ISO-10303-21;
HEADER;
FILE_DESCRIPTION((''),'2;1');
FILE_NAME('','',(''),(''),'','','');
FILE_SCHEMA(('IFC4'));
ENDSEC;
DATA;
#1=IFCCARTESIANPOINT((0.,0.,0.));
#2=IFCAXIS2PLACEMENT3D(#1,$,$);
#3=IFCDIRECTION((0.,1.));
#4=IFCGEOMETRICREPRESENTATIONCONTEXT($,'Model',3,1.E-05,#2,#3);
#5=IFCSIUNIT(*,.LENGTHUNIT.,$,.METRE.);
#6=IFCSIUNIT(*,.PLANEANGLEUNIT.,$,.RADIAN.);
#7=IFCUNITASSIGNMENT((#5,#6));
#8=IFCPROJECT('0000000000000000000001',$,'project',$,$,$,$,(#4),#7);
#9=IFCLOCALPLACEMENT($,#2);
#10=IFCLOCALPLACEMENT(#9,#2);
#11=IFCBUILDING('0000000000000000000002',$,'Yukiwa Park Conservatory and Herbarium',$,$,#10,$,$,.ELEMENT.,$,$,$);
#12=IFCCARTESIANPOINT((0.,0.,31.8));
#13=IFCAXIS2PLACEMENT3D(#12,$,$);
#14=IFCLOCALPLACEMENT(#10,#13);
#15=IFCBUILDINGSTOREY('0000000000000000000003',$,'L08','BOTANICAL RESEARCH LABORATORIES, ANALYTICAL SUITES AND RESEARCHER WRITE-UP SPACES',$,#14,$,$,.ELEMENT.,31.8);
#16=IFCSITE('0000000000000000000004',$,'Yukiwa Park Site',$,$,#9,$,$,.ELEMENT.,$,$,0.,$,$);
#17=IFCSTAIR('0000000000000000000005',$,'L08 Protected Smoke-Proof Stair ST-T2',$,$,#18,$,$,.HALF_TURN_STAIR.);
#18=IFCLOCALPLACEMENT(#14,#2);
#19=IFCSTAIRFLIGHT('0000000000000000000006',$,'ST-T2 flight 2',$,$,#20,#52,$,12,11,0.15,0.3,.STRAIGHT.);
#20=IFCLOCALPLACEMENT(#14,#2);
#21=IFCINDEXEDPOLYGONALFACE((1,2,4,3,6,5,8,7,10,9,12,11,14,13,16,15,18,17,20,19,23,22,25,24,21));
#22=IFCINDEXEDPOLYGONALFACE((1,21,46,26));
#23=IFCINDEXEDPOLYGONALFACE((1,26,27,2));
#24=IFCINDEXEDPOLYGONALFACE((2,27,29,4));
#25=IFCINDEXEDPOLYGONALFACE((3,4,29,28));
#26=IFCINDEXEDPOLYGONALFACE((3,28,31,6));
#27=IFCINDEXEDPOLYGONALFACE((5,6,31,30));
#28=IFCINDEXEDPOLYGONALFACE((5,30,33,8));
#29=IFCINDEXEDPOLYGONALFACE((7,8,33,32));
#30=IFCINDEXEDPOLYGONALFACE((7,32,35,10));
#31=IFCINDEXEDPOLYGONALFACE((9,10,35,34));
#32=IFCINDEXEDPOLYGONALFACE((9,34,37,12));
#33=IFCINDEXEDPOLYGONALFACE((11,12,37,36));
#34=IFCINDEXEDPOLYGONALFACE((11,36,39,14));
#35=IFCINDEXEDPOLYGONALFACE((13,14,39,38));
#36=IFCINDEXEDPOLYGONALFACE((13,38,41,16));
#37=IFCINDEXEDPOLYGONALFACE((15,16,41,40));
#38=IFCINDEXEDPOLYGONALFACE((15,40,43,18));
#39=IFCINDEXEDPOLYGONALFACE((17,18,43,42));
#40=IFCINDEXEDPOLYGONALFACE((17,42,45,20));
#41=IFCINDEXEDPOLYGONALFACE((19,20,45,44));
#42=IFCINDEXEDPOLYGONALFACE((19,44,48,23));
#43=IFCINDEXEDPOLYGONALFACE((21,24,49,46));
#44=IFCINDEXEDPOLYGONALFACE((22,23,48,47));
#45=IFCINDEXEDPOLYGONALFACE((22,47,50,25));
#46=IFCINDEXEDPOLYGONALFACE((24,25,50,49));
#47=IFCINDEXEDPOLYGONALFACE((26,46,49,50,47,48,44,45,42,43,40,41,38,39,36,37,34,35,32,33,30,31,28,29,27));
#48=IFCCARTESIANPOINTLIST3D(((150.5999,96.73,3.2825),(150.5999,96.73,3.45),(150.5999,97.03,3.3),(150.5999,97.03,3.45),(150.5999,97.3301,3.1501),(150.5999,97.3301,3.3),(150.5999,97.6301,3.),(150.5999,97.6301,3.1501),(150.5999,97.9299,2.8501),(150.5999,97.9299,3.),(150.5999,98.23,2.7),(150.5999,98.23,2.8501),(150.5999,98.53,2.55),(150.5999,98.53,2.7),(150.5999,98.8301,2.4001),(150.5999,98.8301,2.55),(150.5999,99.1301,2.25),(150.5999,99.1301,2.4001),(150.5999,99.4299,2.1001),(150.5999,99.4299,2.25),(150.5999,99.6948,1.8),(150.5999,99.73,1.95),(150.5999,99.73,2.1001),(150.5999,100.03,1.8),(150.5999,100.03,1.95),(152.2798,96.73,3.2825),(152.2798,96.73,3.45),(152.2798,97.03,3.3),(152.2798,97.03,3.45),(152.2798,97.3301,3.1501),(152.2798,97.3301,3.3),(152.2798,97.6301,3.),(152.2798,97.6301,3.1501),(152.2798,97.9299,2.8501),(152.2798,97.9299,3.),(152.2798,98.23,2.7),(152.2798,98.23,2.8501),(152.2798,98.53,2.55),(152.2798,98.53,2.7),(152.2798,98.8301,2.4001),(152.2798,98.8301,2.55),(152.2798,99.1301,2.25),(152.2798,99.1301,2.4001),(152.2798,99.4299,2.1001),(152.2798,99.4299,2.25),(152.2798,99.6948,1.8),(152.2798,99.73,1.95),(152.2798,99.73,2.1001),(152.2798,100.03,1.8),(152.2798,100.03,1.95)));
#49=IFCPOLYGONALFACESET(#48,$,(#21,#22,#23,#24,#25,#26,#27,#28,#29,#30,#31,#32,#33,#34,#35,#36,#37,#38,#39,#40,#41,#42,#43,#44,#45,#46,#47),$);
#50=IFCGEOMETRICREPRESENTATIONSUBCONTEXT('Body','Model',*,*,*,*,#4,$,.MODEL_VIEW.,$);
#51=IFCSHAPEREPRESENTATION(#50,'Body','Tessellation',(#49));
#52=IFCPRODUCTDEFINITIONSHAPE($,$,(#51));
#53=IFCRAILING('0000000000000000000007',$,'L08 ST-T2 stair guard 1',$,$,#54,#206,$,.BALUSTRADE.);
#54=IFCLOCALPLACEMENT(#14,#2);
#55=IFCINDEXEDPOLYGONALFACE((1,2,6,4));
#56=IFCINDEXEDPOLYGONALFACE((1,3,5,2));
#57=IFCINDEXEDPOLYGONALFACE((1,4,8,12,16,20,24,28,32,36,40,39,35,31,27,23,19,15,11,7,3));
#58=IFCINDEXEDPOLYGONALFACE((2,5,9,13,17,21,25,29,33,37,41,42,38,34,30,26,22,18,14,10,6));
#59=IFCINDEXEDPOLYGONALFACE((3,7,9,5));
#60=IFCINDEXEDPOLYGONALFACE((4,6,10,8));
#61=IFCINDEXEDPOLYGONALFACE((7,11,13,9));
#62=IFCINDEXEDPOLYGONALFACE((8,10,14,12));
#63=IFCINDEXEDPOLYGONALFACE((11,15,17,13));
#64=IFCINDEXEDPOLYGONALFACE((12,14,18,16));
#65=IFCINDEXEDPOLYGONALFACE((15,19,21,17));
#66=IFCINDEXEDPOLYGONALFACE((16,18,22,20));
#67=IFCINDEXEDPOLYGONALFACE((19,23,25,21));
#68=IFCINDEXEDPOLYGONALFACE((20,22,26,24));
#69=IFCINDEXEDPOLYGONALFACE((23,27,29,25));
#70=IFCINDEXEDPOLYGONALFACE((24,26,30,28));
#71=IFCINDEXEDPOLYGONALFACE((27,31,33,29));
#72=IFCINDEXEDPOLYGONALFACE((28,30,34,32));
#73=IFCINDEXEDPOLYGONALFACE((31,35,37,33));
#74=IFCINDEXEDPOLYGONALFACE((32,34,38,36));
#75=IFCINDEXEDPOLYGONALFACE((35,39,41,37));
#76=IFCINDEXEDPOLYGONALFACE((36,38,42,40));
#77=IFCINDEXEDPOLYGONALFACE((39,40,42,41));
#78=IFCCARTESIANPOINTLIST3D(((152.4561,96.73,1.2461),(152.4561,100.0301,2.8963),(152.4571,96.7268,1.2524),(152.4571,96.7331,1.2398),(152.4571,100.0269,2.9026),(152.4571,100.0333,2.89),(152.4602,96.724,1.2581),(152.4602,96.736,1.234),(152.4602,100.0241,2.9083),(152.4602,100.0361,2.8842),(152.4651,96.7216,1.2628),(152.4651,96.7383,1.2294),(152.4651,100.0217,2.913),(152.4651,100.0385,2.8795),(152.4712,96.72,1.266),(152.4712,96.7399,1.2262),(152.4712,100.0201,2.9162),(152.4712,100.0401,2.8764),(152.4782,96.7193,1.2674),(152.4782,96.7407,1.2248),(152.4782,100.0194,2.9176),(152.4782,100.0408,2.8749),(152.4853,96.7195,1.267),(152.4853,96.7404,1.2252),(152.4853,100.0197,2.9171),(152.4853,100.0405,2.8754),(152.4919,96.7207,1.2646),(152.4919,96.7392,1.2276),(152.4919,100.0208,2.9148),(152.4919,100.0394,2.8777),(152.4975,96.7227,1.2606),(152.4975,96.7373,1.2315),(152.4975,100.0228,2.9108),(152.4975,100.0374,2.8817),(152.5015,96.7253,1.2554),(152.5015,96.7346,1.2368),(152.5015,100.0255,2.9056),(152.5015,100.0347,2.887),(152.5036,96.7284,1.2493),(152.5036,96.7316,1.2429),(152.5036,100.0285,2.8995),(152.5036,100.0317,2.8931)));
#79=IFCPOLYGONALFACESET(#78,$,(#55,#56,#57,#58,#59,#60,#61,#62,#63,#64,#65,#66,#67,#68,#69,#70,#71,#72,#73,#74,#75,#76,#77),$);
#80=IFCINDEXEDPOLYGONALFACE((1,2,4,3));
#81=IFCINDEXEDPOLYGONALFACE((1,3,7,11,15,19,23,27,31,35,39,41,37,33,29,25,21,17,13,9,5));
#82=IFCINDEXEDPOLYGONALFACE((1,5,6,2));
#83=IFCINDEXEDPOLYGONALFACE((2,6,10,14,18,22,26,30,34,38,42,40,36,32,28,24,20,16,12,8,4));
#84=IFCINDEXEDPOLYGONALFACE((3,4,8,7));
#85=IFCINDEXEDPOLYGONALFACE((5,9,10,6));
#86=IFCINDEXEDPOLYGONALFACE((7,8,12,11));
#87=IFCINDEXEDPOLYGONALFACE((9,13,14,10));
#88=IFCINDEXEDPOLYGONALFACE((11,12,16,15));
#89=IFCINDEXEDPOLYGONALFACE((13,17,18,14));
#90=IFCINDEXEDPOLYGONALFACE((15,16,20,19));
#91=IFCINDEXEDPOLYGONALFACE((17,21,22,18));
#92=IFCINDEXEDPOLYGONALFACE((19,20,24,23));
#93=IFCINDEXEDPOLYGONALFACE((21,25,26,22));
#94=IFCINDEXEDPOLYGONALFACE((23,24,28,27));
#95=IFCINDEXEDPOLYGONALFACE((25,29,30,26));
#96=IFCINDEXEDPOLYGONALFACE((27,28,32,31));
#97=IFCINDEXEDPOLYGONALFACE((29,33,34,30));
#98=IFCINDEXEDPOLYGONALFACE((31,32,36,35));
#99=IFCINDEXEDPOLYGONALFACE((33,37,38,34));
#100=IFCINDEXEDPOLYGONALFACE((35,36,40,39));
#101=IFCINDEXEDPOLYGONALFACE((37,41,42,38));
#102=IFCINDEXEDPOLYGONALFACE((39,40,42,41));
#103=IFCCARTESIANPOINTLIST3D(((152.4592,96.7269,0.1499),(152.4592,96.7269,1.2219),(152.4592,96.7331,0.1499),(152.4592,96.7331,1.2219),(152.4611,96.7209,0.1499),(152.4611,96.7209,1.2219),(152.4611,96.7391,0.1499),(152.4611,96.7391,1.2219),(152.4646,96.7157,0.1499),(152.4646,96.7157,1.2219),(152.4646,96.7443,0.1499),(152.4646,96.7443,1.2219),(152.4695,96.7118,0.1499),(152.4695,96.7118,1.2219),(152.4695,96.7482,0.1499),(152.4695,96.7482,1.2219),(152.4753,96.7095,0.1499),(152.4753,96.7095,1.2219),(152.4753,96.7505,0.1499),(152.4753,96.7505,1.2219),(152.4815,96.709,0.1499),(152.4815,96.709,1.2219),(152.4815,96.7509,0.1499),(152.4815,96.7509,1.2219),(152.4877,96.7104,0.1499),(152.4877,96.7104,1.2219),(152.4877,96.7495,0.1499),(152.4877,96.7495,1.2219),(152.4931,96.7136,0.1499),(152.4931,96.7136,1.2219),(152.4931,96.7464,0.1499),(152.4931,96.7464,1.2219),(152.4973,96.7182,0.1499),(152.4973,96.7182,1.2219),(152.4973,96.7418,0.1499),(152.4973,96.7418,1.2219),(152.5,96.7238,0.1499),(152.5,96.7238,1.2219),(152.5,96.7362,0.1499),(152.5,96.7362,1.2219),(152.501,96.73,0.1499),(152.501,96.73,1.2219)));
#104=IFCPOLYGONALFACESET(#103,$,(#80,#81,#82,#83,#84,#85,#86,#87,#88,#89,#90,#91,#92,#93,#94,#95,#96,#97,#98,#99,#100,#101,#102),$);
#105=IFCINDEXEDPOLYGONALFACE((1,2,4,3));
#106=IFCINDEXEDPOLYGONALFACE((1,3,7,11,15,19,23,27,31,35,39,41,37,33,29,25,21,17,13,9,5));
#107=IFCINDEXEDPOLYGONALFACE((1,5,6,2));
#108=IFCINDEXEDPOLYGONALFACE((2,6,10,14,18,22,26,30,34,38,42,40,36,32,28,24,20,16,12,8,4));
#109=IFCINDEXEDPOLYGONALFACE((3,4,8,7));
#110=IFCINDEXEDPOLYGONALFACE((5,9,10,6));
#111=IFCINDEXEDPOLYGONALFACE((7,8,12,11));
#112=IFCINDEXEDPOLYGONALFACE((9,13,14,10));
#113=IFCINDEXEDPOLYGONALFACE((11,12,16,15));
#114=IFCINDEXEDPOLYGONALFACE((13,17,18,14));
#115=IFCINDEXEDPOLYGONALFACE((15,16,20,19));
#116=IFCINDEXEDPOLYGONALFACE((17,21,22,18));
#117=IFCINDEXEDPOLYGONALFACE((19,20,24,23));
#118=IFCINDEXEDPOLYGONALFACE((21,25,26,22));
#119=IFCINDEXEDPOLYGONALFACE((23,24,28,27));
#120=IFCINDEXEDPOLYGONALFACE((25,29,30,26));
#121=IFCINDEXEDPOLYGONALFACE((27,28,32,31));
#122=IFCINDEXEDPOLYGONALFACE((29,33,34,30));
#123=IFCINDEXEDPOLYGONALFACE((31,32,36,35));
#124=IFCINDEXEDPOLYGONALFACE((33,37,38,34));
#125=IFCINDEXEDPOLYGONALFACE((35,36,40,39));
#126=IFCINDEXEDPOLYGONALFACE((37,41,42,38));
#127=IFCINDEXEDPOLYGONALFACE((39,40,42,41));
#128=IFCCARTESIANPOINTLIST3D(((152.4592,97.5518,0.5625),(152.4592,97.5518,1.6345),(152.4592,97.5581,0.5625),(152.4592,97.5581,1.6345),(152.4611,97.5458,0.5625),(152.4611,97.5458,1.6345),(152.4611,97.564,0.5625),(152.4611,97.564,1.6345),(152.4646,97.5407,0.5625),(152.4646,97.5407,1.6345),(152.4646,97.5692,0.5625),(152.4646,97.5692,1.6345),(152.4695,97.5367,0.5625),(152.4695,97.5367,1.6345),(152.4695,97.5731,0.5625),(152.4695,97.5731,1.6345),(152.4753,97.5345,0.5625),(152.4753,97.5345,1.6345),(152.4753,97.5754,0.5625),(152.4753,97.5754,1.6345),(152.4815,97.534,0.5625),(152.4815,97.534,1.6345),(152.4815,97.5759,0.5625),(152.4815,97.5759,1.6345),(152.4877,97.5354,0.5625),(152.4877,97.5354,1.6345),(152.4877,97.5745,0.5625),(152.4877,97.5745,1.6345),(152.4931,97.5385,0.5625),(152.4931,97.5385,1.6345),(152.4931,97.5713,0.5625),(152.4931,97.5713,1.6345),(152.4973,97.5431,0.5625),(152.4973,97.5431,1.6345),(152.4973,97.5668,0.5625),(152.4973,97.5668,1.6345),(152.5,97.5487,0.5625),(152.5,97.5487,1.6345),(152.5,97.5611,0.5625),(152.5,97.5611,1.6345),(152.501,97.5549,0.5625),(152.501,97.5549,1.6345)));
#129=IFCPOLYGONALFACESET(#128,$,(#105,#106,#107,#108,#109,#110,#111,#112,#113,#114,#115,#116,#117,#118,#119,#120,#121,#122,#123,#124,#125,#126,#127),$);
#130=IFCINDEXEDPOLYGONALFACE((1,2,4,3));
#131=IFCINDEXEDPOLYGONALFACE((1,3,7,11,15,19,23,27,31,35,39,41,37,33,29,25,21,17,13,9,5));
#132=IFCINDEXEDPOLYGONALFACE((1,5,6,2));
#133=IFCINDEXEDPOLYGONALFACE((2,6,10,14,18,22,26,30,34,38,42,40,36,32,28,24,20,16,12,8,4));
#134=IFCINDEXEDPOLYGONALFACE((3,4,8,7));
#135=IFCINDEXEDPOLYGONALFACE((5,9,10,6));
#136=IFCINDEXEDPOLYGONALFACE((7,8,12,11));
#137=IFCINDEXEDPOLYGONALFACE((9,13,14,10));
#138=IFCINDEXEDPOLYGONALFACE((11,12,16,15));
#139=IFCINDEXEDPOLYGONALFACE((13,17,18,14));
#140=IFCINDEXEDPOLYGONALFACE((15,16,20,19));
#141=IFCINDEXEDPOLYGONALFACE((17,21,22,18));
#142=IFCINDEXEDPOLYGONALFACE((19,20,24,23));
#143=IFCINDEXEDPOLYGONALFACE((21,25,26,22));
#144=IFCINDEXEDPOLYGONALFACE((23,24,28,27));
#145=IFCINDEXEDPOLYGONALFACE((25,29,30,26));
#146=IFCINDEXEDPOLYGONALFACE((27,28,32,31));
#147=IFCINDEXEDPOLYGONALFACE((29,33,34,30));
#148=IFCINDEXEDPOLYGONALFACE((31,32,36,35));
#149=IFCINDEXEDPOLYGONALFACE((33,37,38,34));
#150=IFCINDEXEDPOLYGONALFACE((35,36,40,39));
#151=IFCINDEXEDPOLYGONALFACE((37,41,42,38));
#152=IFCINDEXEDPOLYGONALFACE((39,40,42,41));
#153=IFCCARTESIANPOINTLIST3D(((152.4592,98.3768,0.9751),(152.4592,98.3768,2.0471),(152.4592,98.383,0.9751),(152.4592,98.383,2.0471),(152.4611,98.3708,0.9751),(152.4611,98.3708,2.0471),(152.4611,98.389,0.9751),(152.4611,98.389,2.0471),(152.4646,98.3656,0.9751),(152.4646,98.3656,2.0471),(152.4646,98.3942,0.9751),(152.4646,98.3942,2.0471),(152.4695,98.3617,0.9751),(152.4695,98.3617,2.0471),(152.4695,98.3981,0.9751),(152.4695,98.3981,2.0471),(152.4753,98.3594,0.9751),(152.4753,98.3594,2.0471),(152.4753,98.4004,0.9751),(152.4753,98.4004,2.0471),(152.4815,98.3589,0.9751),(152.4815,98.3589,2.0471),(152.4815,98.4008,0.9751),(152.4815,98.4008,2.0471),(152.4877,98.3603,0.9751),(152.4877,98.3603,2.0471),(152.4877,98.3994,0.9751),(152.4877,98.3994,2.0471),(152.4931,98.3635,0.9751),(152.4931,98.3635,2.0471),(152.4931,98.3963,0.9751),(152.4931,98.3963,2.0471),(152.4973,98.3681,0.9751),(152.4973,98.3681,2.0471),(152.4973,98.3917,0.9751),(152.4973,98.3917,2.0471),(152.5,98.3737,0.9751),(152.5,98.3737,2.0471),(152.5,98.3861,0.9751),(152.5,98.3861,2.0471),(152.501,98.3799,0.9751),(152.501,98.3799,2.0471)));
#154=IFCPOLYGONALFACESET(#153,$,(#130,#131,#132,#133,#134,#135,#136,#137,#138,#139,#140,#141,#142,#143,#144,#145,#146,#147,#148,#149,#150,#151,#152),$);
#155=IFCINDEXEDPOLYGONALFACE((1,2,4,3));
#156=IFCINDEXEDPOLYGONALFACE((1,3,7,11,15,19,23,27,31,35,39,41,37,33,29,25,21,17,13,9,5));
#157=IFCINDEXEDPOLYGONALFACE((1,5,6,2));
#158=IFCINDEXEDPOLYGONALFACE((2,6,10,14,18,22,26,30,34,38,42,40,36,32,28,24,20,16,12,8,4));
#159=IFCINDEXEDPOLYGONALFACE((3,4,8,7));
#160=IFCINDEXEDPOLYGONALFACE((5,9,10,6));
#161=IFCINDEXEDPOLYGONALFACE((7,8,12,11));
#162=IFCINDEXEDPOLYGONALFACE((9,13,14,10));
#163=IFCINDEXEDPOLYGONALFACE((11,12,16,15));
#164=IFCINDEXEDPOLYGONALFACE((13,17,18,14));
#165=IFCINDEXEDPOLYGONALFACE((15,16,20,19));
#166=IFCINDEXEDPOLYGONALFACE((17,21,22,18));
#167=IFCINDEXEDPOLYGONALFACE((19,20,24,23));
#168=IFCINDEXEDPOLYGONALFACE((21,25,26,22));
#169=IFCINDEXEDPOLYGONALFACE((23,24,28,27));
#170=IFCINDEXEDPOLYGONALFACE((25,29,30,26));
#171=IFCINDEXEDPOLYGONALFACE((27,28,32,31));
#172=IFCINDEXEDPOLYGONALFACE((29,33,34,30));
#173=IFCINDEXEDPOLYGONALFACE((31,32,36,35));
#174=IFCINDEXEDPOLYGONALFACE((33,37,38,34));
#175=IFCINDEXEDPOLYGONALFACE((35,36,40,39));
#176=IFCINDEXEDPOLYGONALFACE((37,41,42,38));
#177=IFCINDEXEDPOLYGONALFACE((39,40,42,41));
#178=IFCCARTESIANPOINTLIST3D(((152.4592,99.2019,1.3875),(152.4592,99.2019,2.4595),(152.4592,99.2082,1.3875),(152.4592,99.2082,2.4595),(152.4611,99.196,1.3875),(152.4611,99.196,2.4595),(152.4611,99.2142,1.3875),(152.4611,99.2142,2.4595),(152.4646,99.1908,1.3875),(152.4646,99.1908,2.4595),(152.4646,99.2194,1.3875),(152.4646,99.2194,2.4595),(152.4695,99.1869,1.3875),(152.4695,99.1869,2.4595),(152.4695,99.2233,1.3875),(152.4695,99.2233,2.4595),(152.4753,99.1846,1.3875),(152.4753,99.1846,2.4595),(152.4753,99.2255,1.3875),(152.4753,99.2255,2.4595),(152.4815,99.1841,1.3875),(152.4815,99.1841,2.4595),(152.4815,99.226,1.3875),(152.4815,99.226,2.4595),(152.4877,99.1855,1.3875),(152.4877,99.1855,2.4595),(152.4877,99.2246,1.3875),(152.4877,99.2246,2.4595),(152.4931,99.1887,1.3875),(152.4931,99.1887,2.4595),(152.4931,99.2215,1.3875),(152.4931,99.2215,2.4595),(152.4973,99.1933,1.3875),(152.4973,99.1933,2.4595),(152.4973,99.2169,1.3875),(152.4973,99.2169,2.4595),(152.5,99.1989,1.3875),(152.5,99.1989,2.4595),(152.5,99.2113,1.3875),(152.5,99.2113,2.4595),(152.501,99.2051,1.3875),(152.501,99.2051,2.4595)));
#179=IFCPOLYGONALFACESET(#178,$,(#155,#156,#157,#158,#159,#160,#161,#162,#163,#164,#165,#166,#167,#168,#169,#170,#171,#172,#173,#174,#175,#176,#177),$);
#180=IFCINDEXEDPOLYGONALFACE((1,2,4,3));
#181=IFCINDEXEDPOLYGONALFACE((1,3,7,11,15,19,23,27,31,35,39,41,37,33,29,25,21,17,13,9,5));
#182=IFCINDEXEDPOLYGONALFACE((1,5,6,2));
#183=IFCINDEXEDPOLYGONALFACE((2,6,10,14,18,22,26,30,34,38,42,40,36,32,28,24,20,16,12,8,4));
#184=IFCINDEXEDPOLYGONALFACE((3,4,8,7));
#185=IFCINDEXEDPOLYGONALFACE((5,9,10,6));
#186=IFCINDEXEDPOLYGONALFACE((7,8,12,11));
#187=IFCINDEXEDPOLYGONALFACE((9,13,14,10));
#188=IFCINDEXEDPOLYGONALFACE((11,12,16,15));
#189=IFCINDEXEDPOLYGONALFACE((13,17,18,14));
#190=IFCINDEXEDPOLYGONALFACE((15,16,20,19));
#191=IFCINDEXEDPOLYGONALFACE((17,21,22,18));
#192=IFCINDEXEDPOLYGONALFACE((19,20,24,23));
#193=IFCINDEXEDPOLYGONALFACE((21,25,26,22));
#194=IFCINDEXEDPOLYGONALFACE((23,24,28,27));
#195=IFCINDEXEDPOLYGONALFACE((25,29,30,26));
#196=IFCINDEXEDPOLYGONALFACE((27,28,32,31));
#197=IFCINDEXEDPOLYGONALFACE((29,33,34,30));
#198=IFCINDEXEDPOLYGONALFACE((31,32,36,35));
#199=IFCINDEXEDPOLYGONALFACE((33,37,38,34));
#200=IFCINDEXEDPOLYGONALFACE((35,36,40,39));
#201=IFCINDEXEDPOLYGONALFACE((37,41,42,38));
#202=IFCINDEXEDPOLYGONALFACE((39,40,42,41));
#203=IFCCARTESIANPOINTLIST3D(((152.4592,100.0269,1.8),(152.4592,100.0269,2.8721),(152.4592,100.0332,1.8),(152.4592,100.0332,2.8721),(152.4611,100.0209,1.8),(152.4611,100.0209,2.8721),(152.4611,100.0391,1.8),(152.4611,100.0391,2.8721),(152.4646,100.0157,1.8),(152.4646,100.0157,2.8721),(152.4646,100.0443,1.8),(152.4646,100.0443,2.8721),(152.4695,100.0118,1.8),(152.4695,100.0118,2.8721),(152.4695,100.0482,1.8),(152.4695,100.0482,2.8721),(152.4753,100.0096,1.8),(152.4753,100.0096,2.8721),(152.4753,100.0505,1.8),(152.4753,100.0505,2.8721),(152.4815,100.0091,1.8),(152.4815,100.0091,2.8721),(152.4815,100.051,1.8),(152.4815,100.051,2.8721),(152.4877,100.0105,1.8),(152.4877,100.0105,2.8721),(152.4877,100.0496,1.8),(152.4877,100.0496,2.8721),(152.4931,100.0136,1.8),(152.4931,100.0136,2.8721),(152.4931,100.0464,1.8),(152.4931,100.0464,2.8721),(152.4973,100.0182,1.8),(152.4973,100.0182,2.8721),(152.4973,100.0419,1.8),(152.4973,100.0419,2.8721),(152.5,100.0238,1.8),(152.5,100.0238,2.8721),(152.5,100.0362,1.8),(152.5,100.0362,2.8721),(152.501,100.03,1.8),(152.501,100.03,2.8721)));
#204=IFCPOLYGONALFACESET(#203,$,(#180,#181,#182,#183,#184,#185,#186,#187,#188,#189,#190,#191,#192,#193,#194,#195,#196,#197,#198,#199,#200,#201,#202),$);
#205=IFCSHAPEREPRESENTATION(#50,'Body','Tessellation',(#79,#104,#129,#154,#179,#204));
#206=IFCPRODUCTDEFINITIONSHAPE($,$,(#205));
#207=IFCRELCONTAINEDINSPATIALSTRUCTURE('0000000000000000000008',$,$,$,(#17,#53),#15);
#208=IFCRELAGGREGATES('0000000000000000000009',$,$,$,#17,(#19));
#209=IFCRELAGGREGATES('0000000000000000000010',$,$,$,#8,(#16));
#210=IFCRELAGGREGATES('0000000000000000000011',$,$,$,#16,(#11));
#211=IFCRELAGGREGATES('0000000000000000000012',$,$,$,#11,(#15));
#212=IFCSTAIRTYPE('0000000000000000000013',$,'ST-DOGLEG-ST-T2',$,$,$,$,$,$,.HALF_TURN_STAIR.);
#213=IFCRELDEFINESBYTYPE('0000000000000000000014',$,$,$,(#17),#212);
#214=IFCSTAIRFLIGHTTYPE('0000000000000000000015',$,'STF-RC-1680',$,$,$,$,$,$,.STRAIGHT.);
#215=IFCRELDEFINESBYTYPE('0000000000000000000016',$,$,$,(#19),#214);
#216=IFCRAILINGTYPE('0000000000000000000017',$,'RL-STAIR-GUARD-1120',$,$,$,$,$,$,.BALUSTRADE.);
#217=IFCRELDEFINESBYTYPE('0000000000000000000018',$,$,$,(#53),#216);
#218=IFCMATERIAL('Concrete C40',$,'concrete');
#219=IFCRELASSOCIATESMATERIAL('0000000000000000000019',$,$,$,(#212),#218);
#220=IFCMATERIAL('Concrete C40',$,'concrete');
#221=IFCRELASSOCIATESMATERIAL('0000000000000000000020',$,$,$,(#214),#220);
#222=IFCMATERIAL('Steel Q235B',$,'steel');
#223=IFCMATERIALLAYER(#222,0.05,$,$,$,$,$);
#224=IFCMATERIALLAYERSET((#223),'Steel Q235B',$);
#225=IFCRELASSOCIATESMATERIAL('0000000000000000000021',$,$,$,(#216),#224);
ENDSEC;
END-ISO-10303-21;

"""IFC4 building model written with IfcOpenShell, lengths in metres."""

from ifc_helpers import new_model, si_unit, direction, frame, origin, origin_2d, place, context, subcontext, project, spatial, polyline, circle, outline, extrude, material, layer, layer_set, type_object, element, aggregate, save


model = new_model("IFC4")

# Units and contexts
model_context = context("Model", 3, precision=1e-05, world=origin(), true_north=direction((0.0, 1.0)))
body_context = subcontext(model_context, "Body", "Model", "MODEL_VIEW")
ifc_project = project(units=[si_unit("LENGTHUNIT", "METRE"), si_unit("PLANEANGLEUNIT", "RADIAN")], contexts=[model_context])

# Site, building, storey
site_placement = place(None, origin())
site = spatial("IfcSite", under=ifc_project, at=site_placement, Name="Yukiwa Park Site", CompositionType="ELEMENT", RefElevation=0.0)
building_placement = place(site_placement, origin())
building = spatial("IfcBuilding", under=site, at=building_placement, Name="Yukiwa Park Conservatory and Herbarium", CompositionType="ELEMENT")
storey_placement = place(building_placement, frame((0.0, 0.0, 31.8)))
storey = spatial("IfcBuildingStorey", under=building, at=storey_placement, Name="L08", Description="BOTANICAL RESEARCH LABORATORIES, ANALYTICAL SUITES AND RESEARCHER WRITE-UP SPACES", CompositionType="ELEMENT", Elevation=31.8)

# Stair, stair flight
ifc_material_1 = material(Name="Concrete C40", Category="concrete")
stair_type = type_object("IfcStairType", Name="ST-DOGLEG-ST-T2", PredefinedType="HALF_TURN_STAIR", material=ifc_material_1)
stair_placement = place(storey_placement, origin())
stair = element("IfcStair", 1, at=stair_placement, inside=storey, type_object=stair_type, Name="L08 Protected Smoke-Proof Stair ST-T2", PredefinedType="HALF_TURN_STAIR")
ifc_material_2 = material(Name="Concrete C40", Category="concrete")
stair_flight_type = type_object("IfcStairFlightType", Name="STF-RC-1680", PredefinedType="STRAIGHT", material=ifc_material_2)
stair_flight_1_placement = place(storey_placement, frame((151.4399, 100.03, 1.8), z_axis=(0.0, 0.0, 1.0), x_axis=(0.0, -1.0, 0.0)))
stair_flight_1 = element("IfcStairFlight", 2, at=stair_flight_1_placement, type_object=stair_flight_type, Name="ST-T2 flight 2", NumberOfRisers=12, NumberOfTreads=11, PredefinedType="STRAIGHT", RiserHeight=0.15, TreadLength=0.3, context=body_context, shape_type="SweptSolid", body=[
    extrude(outline(polyline([(0.0, 0.0), (0.0, 0.1499), (0.3, 0.1499), (0.3, 0.3), (0.6001, 0.3), (0.6001, 0.45), (0.8999, 0.45), (0.8999, 0.6001), (1.2, 0.6001), (1.2, 0.75), (1.5, 0.75), (1.5, 0.8999), (1.8, 0.8999), (1.8, 1.05), (2.1001, 1.05), (2.1001, 1.2), (2.3999, 1.2), (2.3999, 1.3501), (2.7, 1.3501), (2.7, 1.5), (3.0, 1.5), (3.0, 1.6499), (3.3, 1.6499), (3.3, 1.8), (3.3, 1.4824), (0.3352, 0.0), (0.0, 0.0)])), frame((0.0, 0.8398, 0.0), z_axis=(0.0, -1.0, 0.0), x_axis=(1.0, 0.0, 0.0)), (0.0, 0.0, 1.0), 1.6799),
])
aggregate(stair, [stair_flight_1])

# Railing
ifc_material_3 = material(Name="Steel Q235B", Category="steel")
ifc_layer_1 = layer(ifc_material_3, 0.05)
ifc_layer_set_1 = layer_set([ifc_layer_1], Name="Steel Q235B")
railing_type_1 = type_object("IfcRailingType", Name="RL-STAIR-GUARD-1120", PredefinedType="BALUSTRADE", material=ifc_layer_set_1)
railing_1_placement = place(storey_placement, frame((152.48, 96.73, 0.1499)))
element("IfcRailing", 3, at=railing_1_placement, inside=storey, type_object=railing_type_1, Name="L08 ST-T2 stair guard 1", PredefinedType="BALUSTRADE", context=body_context, shape_type="SweptSolid", body=[
    extrude(circle(Radius=0.0239, at=origin_2d()), frame((0.0, 0.0, 1.0962), z_axis=(0.0, 0.894414, 0.44724), x_axis=(-1.0, 0.0, 0.0)), (0.0, 0.0, 1.0), 3.6897),
    extrude(circle(Radius=0.021, at=origin_2d()), origin(), (0.0, 0.0, 1.0), 1.072),
    extrude(circle(Radius=0.021, at=origin_2d()), frame((0.0, 0.825, 0.4126)), (0.0, 0.0, 1.0), 1.072),
    extrude(circle(Radius=0.021, at=origin_2d()), frame((0.0, 1.6499, 0.8252)), (0.0, 0.0, 1.0), 1.072),
    extrude(circle(Radius=0.021, at=origin_2d()), frame((0.0, 2.4751, 1.2375)), (0.0, 0.0, 1.0), 1.072),
    extrude(circle(Radius=0.021, at=origin_2d()), frame((0.0, 3.3, 1.6501)), (0.0, 0.0, 1.0), 1.072),
])

save(model, "model.ifc")
